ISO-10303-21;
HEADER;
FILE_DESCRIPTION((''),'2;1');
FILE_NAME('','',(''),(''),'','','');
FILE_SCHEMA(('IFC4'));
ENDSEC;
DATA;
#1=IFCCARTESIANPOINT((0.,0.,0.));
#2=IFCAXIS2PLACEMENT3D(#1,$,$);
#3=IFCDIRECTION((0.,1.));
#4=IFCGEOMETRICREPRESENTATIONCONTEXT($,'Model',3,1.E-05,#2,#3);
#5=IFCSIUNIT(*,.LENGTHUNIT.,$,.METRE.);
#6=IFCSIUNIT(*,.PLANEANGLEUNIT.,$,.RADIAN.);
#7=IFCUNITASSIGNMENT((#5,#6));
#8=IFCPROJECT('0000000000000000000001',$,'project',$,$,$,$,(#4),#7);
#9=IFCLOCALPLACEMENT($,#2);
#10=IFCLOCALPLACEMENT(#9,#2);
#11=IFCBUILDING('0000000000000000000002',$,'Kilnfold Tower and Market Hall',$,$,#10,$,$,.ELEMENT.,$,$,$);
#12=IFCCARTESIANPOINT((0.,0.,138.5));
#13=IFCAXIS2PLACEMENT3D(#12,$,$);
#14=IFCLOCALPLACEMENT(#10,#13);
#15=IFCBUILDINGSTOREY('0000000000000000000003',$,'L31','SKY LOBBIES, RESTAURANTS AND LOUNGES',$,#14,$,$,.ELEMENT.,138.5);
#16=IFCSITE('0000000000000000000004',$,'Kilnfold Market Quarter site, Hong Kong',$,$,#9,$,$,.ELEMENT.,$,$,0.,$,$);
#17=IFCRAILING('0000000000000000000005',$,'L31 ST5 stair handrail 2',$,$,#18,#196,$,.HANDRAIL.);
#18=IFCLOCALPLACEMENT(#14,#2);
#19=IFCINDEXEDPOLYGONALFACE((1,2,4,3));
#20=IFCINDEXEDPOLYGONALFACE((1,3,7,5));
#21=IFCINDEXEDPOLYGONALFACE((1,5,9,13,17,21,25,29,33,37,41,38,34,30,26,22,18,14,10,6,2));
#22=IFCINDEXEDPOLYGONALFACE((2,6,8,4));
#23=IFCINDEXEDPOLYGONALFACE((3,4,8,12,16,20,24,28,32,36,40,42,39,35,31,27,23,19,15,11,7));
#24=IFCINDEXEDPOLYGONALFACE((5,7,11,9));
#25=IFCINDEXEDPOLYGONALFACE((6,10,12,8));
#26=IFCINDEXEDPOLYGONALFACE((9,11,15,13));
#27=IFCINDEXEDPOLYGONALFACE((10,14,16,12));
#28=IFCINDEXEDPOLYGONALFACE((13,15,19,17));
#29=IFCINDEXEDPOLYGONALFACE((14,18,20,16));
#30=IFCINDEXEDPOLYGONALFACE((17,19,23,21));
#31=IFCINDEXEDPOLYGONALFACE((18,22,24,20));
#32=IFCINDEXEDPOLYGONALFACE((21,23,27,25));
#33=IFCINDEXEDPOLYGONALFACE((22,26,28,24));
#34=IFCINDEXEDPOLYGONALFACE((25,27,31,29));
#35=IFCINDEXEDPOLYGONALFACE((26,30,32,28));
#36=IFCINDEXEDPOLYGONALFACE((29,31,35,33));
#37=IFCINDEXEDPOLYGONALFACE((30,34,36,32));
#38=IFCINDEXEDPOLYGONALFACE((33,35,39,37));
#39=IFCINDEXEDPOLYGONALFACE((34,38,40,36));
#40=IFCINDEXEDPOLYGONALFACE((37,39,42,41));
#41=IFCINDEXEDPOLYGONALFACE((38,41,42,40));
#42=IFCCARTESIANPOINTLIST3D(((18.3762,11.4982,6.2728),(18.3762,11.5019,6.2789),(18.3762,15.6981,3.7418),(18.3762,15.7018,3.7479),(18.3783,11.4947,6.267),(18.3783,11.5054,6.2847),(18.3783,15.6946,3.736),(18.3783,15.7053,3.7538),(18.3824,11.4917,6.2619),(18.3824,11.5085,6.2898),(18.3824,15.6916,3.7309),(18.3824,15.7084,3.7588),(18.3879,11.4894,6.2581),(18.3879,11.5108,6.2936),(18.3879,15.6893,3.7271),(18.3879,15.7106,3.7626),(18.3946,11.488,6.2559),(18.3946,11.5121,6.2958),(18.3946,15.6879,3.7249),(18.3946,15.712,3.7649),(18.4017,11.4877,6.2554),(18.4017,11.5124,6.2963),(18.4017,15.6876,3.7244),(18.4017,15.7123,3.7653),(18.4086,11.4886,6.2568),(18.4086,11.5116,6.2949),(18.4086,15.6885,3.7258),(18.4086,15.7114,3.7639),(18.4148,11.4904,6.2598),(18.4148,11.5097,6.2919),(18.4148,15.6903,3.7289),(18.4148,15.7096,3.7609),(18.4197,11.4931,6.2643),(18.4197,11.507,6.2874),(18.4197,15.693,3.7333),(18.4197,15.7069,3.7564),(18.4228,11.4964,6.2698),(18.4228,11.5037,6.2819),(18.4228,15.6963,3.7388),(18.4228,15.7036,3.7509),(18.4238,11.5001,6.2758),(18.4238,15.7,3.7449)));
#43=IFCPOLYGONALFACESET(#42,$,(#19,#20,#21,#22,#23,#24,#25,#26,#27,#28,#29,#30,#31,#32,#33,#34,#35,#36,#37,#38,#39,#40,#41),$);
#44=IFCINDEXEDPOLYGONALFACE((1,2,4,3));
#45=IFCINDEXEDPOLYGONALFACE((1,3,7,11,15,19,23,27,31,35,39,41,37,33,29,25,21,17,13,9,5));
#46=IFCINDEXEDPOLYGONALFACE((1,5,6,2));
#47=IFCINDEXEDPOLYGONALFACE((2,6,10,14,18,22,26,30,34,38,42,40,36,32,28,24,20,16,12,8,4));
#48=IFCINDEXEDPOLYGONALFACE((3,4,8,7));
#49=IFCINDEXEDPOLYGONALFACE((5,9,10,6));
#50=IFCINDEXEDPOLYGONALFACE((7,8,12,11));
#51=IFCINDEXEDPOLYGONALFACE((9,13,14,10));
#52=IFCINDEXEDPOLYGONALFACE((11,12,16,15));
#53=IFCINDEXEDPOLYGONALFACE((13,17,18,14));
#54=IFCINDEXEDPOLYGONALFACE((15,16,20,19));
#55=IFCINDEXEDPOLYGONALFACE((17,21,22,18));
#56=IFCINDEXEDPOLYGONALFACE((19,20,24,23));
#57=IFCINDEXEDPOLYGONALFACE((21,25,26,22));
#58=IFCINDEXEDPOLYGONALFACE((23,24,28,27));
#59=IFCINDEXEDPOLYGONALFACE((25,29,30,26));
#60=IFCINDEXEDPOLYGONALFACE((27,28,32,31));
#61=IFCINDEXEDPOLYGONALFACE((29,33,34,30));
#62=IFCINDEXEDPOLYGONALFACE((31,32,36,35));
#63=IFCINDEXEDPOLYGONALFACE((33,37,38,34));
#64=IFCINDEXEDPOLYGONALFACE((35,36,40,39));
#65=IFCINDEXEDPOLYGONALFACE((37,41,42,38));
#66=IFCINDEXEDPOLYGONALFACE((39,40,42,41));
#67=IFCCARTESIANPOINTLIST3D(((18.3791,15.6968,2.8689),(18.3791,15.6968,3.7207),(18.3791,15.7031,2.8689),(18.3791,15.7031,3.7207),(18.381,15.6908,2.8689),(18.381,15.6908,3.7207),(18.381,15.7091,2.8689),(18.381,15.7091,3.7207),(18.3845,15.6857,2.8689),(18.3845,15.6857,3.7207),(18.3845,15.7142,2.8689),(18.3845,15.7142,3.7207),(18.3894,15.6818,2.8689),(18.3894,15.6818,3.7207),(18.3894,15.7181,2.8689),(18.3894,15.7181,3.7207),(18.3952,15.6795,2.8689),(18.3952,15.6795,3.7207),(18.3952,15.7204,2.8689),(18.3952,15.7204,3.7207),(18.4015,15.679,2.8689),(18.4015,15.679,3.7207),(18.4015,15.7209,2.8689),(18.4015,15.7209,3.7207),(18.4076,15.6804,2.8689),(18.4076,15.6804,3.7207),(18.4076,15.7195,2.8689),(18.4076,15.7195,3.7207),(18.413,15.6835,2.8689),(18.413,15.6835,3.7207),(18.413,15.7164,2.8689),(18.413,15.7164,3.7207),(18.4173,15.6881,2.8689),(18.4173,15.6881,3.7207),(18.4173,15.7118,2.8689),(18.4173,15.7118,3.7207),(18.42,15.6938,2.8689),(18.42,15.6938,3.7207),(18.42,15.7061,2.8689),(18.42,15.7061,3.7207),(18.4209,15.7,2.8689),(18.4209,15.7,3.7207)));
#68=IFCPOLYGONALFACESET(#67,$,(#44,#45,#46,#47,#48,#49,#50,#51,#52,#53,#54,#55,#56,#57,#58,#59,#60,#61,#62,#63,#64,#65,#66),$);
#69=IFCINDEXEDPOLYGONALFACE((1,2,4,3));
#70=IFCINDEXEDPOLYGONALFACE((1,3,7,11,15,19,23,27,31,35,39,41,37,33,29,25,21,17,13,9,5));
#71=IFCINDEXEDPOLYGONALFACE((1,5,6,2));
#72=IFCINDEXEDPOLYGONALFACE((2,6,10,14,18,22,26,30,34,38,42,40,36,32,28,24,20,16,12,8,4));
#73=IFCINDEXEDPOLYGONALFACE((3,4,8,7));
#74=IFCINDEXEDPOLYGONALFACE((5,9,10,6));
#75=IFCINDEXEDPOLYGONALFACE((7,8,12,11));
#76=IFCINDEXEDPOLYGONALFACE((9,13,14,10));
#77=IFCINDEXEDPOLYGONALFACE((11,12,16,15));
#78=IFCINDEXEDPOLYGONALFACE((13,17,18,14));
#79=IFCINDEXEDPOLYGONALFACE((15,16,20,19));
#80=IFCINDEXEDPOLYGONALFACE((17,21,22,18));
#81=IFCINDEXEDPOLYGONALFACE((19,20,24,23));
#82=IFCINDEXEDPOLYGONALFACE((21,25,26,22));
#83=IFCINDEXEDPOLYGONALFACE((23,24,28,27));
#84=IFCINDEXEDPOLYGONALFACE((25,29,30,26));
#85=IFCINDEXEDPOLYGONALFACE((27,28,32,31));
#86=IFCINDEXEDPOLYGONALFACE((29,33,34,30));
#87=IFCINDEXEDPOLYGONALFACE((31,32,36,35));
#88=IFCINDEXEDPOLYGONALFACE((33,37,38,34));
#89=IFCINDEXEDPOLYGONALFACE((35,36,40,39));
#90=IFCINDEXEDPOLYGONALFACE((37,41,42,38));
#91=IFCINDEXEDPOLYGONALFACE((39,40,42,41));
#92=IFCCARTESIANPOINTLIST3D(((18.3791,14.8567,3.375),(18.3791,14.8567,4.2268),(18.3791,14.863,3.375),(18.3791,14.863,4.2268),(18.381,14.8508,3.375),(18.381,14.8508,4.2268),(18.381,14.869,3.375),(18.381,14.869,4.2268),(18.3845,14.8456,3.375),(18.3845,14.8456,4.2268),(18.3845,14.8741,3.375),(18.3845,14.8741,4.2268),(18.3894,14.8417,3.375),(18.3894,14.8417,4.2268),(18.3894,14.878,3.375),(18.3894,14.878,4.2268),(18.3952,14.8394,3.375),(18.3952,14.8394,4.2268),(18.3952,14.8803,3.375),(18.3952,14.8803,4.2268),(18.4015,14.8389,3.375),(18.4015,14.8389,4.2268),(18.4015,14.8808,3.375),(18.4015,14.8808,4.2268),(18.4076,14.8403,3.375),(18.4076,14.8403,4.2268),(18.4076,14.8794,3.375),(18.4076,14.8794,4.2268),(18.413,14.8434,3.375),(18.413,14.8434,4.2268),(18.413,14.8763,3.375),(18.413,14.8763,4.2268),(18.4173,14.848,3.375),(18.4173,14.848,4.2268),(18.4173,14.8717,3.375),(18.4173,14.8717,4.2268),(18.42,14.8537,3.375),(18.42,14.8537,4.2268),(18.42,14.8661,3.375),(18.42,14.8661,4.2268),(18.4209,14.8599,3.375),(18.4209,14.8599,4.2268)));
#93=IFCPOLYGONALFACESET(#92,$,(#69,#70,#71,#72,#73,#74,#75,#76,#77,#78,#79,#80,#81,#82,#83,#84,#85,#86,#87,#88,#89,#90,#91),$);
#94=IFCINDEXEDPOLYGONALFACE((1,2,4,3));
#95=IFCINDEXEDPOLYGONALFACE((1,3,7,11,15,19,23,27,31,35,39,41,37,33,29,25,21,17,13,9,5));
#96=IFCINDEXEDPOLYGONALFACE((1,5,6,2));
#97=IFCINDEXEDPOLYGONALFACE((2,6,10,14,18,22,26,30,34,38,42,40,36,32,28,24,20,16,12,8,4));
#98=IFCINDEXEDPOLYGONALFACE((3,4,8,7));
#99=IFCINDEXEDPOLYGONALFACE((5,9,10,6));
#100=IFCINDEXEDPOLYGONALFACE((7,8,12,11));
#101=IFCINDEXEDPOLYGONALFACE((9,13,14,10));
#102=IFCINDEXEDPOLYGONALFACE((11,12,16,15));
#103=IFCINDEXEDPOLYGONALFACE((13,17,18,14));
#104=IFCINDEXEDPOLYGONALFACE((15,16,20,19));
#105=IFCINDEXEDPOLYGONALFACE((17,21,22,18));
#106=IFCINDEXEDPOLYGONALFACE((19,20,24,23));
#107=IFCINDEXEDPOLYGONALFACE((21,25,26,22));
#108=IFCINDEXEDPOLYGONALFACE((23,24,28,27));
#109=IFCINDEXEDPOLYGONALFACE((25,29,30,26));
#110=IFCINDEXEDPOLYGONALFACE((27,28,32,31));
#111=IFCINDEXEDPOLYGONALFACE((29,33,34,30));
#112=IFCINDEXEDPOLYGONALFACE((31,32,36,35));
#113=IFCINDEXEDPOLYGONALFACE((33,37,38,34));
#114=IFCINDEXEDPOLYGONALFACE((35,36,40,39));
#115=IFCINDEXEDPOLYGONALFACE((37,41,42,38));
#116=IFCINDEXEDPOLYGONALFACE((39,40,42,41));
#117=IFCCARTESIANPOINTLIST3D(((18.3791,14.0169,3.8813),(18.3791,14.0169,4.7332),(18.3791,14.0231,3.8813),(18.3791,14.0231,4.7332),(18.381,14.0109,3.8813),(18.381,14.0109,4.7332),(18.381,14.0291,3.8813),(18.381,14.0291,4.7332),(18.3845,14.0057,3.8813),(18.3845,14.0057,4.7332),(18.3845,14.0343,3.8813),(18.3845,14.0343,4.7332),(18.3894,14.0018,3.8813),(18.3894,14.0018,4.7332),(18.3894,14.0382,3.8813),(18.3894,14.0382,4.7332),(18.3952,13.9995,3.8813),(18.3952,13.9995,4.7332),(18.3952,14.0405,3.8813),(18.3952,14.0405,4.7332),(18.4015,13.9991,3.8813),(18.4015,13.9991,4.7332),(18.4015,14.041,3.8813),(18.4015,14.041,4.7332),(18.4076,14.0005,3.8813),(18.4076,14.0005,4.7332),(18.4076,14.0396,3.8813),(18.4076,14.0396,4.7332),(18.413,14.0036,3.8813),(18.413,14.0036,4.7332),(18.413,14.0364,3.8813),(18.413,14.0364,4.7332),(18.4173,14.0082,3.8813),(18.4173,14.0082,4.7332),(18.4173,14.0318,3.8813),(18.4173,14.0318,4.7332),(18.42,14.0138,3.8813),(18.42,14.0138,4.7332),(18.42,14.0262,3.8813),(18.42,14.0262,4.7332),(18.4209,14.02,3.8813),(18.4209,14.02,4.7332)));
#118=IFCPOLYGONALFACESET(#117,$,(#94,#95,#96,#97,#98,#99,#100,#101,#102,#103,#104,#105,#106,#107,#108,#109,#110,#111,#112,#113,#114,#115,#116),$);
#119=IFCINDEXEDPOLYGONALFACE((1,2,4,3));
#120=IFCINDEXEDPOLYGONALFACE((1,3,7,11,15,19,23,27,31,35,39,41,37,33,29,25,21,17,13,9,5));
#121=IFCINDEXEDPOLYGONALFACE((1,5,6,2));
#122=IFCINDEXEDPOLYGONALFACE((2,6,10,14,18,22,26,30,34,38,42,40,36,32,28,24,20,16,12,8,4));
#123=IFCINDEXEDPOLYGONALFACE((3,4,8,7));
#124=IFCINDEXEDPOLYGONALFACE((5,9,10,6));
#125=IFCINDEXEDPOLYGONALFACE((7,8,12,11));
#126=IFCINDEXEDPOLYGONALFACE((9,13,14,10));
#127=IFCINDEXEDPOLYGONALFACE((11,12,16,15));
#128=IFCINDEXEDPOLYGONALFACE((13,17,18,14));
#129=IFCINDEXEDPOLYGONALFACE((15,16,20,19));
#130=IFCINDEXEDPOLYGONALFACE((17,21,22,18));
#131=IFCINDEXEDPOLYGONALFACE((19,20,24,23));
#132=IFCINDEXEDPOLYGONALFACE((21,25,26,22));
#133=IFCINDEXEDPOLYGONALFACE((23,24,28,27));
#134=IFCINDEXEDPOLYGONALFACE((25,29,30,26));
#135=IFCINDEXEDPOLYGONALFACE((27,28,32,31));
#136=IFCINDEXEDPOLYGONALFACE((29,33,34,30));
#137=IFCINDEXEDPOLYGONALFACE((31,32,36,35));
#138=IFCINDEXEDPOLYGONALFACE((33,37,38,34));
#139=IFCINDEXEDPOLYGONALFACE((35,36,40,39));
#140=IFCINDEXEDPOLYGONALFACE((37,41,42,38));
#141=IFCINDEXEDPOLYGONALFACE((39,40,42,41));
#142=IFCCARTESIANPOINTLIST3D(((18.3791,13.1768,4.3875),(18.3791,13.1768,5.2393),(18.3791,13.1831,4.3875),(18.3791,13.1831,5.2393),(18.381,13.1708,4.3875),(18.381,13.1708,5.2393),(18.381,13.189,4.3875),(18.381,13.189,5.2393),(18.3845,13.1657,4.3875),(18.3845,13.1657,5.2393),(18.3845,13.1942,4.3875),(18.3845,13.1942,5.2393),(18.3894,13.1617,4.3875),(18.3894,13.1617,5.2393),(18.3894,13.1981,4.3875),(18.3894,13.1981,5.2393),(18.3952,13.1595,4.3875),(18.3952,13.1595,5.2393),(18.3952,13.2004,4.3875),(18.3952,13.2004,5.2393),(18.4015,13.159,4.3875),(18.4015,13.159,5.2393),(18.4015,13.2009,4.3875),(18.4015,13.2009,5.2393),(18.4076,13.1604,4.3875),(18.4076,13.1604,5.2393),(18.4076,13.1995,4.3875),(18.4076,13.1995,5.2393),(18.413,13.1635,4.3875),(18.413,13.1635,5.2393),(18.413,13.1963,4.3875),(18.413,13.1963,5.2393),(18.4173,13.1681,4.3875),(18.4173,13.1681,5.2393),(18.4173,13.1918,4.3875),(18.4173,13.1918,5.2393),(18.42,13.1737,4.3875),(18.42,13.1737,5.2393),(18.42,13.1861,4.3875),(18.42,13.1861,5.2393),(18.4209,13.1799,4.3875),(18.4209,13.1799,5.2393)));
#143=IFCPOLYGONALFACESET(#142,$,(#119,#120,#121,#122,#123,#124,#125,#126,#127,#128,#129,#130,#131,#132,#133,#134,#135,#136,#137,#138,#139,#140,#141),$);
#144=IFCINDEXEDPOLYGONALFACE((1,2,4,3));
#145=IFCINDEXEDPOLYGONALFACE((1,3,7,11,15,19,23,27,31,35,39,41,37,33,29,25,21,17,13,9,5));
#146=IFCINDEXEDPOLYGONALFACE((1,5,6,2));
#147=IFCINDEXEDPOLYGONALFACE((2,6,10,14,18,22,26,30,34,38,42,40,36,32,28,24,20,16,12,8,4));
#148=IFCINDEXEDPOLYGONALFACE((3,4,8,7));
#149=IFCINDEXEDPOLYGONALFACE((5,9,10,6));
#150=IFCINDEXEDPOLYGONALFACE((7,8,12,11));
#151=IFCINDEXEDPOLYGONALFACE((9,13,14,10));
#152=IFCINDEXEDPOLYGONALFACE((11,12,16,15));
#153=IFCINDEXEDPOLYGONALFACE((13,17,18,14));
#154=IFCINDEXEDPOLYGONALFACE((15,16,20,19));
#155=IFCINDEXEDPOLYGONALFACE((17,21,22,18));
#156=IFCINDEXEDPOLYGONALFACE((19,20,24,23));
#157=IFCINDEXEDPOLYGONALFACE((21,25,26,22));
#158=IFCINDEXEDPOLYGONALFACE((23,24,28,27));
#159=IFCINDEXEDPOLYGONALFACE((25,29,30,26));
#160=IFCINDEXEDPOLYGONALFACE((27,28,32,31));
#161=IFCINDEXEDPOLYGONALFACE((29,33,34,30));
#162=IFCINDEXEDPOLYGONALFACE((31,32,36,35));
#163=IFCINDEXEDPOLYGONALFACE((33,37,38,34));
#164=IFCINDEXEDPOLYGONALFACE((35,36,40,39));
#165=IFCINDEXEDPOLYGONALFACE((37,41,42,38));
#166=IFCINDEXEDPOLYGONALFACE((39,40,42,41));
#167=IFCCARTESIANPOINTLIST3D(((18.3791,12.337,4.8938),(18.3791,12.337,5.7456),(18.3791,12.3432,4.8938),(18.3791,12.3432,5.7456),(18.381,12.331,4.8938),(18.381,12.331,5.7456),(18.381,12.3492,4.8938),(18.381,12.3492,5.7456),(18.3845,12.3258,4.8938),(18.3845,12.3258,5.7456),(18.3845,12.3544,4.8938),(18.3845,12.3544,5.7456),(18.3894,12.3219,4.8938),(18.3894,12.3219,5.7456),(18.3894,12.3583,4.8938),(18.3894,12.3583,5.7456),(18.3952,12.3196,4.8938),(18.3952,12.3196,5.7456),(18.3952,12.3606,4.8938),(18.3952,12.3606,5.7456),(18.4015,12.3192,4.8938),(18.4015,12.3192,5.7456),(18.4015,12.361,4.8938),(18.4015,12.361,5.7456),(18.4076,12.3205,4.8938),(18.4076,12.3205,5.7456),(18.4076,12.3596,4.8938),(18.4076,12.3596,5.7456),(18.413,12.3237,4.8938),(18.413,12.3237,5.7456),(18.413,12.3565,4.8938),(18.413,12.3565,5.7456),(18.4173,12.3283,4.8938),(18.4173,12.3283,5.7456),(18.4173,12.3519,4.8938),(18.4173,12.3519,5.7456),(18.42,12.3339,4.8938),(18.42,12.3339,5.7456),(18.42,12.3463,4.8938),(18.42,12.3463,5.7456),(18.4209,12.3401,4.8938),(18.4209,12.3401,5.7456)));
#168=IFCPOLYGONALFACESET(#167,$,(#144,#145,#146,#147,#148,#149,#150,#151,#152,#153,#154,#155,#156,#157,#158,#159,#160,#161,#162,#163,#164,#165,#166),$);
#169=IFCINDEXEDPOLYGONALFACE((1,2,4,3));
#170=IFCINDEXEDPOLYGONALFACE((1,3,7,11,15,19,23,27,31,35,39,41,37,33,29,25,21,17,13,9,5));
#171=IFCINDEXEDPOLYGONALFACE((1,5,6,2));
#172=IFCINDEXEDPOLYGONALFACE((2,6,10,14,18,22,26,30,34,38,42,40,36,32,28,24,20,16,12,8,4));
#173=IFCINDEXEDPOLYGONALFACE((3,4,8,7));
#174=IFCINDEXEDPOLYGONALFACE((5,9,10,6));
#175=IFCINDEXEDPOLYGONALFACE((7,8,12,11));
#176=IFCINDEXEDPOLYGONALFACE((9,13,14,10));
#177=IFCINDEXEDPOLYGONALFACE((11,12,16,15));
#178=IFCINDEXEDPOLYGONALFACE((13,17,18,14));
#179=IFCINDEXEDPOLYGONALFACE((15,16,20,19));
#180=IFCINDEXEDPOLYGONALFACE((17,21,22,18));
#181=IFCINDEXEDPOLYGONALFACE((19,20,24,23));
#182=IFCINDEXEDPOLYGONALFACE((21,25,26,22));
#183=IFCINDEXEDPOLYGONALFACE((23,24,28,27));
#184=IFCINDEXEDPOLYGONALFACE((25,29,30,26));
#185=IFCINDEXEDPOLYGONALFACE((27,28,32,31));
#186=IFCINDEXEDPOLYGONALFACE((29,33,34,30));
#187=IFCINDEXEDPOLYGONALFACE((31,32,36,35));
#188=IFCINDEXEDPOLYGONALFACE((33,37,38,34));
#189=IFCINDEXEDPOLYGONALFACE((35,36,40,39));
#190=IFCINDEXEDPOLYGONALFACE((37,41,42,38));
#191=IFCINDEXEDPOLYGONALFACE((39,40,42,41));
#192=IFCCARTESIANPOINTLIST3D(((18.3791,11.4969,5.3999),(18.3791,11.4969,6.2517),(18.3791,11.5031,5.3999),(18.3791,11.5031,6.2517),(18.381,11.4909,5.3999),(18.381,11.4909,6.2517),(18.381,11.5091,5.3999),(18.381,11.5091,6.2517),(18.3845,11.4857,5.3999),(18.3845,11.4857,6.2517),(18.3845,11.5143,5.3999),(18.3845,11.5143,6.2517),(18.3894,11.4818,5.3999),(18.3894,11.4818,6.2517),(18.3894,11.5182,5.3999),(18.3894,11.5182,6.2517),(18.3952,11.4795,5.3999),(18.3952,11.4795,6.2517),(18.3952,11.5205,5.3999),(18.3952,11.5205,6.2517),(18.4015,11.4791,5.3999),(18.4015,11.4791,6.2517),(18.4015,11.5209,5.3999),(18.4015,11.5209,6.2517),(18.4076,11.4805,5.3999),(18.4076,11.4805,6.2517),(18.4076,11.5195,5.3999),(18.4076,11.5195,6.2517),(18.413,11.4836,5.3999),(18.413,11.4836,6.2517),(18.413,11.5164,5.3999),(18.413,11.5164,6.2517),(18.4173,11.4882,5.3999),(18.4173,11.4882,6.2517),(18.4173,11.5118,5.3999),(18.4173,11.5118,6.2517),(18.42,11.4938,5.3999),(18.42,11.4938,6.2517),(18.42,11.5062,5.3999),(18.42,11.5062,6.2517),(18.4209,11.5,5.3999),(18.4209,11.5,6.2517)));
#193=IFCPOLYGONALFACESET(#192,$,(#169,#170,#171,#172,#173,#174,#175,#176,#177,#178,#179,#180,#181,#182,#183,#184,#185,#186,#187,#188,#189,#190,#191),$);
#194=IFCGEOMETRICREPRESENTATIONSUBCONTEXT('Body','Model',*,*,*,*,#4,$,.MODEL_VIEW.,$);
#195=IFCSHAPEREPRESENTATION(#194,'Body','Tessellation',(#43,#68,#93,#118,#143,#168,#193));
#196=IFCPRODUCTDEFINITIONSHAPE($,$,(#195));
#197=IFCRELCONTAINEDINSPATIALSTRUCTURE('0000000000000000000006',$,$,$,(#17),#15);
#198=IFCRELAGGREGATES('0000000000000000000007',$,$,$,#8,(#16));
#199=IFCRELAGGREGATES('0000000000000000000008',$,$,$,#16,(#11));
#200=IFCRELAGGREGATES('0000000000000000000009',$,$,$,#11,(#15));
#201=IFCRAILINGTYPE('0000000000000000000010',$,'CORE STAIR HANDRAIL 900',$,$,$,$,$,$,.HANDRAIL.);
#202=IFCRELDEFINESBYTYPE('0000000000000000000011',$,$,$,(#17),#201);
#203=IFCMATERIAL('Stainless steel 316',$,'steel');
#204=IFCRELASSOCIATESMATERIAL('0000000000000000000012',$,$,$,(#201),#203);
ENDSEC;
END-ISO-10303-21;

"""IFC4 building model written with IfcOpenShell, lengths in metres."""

from ifc_helpers import new_model, si_unit, direction, frame, origin, origin_2d, place, context, subcontext, project, spatial, circle, extrude, material, type_object, element, save


model = new_model("IFC4")

# Units and contexts
model_context = context("Model", 3, precision=1e-05, world=origin(), true_north=direction((0.0, 1.0)))
body_context = subcontext(model_context, "Body", "Model", "MODEL_VIEW")
ifc_project = project(units=[si_unit("LENGTHUNIT", "METRE"), si_unit("PLANEANGLEUNIT", "RADIAN")], contexts=[model_context])

# Site, building, storey
site_placement = place(None, origin())
site = spatial("IfcSite", under=ifc_project, at=site_placement, Name="Kilnfold Market Quarter site, Hong Kong", CompositionType="ELEMENT", RefElevation=0.0)
building_placement = place(site_placement, origin())
building = spatial("IfcBuilding", under=site, at=building_placement, Name="Kilnfold Tower and Market Hall", CompositionType="ELEMENT")
storey_placement = place(building_placement, frame((0.0, 0.0, 138.5)))
storey = spatial("IfcBuildingStorey", under=building, at=storey_placement, Name="L31", Description="SKY LOBBIES, RESTAURANTS AND LOUNGES", CompositionType="ELEMENT", Elevation=138.5)

# Railing
ifc_material_1 = material(Name="Stainless steel 316", Category="steel")
railing_type_1 = type_object("IfcRailingType", Name="CORE STAIR HANDRAIL 900", PredefinedType="HANDRAIL", material=ifc_material_1)
railing_1_placement = place(storey_placement, frame((18.3999, 15.7, 2.8689)))
element("IfcRailing", 1, at=railing_1_placement, inside=storey, type_object=railing_type_1, Name="L31 ST5 stair handrail 2", PredefinedType="HANDRAIL", context=body_context, shape_type="SweptSolid", body=[
    extrude(circle(Radius=0.0239, at=origin_2d()), frame((0.0, 0.0, 0.876), z_axis=(0.0, -0.856499, 0.51615), x_axis=(1.0, 0.0, 0.0)), (0.0, 0.0, 1.0), 4.9036),
    extrude(circle(Radius=0.021, at=origin_2d()), origin(), (0.0, 0.0, 1.0), 0.8518),
    extrude(circle(Radius=0.021, at=origin_2d()), frame((0.0, -0.8401, 0.5061)), (0.0, 0.0, 1.0), 0.8518),
    extrude(circle(Radius=0.021, at=origin_2d()), frame((0.0, -1.6799, 1.0125)), (0.0, 0.0, 1.0), 0.8518),
    extrude(circle(Radius=0.021, at=origin_2d()), frame((0.0, -2.52, 1.5186)), (0.0, 0.0, 1.0), 0.8518),
    extrude(circle(Radius=0.021, at=origin_2d()), frame((0.0, -3.3599, 2.0249)), (0.0, 0.0, 1.0), 0.8518),
    extrude(circle(Radius=0.021, at=origin_2d()), frame((0.0, -4.2, 2.531)), (0.0, 0.0, 1.0), 0.8518),
])

save(model, "model.ifc")
